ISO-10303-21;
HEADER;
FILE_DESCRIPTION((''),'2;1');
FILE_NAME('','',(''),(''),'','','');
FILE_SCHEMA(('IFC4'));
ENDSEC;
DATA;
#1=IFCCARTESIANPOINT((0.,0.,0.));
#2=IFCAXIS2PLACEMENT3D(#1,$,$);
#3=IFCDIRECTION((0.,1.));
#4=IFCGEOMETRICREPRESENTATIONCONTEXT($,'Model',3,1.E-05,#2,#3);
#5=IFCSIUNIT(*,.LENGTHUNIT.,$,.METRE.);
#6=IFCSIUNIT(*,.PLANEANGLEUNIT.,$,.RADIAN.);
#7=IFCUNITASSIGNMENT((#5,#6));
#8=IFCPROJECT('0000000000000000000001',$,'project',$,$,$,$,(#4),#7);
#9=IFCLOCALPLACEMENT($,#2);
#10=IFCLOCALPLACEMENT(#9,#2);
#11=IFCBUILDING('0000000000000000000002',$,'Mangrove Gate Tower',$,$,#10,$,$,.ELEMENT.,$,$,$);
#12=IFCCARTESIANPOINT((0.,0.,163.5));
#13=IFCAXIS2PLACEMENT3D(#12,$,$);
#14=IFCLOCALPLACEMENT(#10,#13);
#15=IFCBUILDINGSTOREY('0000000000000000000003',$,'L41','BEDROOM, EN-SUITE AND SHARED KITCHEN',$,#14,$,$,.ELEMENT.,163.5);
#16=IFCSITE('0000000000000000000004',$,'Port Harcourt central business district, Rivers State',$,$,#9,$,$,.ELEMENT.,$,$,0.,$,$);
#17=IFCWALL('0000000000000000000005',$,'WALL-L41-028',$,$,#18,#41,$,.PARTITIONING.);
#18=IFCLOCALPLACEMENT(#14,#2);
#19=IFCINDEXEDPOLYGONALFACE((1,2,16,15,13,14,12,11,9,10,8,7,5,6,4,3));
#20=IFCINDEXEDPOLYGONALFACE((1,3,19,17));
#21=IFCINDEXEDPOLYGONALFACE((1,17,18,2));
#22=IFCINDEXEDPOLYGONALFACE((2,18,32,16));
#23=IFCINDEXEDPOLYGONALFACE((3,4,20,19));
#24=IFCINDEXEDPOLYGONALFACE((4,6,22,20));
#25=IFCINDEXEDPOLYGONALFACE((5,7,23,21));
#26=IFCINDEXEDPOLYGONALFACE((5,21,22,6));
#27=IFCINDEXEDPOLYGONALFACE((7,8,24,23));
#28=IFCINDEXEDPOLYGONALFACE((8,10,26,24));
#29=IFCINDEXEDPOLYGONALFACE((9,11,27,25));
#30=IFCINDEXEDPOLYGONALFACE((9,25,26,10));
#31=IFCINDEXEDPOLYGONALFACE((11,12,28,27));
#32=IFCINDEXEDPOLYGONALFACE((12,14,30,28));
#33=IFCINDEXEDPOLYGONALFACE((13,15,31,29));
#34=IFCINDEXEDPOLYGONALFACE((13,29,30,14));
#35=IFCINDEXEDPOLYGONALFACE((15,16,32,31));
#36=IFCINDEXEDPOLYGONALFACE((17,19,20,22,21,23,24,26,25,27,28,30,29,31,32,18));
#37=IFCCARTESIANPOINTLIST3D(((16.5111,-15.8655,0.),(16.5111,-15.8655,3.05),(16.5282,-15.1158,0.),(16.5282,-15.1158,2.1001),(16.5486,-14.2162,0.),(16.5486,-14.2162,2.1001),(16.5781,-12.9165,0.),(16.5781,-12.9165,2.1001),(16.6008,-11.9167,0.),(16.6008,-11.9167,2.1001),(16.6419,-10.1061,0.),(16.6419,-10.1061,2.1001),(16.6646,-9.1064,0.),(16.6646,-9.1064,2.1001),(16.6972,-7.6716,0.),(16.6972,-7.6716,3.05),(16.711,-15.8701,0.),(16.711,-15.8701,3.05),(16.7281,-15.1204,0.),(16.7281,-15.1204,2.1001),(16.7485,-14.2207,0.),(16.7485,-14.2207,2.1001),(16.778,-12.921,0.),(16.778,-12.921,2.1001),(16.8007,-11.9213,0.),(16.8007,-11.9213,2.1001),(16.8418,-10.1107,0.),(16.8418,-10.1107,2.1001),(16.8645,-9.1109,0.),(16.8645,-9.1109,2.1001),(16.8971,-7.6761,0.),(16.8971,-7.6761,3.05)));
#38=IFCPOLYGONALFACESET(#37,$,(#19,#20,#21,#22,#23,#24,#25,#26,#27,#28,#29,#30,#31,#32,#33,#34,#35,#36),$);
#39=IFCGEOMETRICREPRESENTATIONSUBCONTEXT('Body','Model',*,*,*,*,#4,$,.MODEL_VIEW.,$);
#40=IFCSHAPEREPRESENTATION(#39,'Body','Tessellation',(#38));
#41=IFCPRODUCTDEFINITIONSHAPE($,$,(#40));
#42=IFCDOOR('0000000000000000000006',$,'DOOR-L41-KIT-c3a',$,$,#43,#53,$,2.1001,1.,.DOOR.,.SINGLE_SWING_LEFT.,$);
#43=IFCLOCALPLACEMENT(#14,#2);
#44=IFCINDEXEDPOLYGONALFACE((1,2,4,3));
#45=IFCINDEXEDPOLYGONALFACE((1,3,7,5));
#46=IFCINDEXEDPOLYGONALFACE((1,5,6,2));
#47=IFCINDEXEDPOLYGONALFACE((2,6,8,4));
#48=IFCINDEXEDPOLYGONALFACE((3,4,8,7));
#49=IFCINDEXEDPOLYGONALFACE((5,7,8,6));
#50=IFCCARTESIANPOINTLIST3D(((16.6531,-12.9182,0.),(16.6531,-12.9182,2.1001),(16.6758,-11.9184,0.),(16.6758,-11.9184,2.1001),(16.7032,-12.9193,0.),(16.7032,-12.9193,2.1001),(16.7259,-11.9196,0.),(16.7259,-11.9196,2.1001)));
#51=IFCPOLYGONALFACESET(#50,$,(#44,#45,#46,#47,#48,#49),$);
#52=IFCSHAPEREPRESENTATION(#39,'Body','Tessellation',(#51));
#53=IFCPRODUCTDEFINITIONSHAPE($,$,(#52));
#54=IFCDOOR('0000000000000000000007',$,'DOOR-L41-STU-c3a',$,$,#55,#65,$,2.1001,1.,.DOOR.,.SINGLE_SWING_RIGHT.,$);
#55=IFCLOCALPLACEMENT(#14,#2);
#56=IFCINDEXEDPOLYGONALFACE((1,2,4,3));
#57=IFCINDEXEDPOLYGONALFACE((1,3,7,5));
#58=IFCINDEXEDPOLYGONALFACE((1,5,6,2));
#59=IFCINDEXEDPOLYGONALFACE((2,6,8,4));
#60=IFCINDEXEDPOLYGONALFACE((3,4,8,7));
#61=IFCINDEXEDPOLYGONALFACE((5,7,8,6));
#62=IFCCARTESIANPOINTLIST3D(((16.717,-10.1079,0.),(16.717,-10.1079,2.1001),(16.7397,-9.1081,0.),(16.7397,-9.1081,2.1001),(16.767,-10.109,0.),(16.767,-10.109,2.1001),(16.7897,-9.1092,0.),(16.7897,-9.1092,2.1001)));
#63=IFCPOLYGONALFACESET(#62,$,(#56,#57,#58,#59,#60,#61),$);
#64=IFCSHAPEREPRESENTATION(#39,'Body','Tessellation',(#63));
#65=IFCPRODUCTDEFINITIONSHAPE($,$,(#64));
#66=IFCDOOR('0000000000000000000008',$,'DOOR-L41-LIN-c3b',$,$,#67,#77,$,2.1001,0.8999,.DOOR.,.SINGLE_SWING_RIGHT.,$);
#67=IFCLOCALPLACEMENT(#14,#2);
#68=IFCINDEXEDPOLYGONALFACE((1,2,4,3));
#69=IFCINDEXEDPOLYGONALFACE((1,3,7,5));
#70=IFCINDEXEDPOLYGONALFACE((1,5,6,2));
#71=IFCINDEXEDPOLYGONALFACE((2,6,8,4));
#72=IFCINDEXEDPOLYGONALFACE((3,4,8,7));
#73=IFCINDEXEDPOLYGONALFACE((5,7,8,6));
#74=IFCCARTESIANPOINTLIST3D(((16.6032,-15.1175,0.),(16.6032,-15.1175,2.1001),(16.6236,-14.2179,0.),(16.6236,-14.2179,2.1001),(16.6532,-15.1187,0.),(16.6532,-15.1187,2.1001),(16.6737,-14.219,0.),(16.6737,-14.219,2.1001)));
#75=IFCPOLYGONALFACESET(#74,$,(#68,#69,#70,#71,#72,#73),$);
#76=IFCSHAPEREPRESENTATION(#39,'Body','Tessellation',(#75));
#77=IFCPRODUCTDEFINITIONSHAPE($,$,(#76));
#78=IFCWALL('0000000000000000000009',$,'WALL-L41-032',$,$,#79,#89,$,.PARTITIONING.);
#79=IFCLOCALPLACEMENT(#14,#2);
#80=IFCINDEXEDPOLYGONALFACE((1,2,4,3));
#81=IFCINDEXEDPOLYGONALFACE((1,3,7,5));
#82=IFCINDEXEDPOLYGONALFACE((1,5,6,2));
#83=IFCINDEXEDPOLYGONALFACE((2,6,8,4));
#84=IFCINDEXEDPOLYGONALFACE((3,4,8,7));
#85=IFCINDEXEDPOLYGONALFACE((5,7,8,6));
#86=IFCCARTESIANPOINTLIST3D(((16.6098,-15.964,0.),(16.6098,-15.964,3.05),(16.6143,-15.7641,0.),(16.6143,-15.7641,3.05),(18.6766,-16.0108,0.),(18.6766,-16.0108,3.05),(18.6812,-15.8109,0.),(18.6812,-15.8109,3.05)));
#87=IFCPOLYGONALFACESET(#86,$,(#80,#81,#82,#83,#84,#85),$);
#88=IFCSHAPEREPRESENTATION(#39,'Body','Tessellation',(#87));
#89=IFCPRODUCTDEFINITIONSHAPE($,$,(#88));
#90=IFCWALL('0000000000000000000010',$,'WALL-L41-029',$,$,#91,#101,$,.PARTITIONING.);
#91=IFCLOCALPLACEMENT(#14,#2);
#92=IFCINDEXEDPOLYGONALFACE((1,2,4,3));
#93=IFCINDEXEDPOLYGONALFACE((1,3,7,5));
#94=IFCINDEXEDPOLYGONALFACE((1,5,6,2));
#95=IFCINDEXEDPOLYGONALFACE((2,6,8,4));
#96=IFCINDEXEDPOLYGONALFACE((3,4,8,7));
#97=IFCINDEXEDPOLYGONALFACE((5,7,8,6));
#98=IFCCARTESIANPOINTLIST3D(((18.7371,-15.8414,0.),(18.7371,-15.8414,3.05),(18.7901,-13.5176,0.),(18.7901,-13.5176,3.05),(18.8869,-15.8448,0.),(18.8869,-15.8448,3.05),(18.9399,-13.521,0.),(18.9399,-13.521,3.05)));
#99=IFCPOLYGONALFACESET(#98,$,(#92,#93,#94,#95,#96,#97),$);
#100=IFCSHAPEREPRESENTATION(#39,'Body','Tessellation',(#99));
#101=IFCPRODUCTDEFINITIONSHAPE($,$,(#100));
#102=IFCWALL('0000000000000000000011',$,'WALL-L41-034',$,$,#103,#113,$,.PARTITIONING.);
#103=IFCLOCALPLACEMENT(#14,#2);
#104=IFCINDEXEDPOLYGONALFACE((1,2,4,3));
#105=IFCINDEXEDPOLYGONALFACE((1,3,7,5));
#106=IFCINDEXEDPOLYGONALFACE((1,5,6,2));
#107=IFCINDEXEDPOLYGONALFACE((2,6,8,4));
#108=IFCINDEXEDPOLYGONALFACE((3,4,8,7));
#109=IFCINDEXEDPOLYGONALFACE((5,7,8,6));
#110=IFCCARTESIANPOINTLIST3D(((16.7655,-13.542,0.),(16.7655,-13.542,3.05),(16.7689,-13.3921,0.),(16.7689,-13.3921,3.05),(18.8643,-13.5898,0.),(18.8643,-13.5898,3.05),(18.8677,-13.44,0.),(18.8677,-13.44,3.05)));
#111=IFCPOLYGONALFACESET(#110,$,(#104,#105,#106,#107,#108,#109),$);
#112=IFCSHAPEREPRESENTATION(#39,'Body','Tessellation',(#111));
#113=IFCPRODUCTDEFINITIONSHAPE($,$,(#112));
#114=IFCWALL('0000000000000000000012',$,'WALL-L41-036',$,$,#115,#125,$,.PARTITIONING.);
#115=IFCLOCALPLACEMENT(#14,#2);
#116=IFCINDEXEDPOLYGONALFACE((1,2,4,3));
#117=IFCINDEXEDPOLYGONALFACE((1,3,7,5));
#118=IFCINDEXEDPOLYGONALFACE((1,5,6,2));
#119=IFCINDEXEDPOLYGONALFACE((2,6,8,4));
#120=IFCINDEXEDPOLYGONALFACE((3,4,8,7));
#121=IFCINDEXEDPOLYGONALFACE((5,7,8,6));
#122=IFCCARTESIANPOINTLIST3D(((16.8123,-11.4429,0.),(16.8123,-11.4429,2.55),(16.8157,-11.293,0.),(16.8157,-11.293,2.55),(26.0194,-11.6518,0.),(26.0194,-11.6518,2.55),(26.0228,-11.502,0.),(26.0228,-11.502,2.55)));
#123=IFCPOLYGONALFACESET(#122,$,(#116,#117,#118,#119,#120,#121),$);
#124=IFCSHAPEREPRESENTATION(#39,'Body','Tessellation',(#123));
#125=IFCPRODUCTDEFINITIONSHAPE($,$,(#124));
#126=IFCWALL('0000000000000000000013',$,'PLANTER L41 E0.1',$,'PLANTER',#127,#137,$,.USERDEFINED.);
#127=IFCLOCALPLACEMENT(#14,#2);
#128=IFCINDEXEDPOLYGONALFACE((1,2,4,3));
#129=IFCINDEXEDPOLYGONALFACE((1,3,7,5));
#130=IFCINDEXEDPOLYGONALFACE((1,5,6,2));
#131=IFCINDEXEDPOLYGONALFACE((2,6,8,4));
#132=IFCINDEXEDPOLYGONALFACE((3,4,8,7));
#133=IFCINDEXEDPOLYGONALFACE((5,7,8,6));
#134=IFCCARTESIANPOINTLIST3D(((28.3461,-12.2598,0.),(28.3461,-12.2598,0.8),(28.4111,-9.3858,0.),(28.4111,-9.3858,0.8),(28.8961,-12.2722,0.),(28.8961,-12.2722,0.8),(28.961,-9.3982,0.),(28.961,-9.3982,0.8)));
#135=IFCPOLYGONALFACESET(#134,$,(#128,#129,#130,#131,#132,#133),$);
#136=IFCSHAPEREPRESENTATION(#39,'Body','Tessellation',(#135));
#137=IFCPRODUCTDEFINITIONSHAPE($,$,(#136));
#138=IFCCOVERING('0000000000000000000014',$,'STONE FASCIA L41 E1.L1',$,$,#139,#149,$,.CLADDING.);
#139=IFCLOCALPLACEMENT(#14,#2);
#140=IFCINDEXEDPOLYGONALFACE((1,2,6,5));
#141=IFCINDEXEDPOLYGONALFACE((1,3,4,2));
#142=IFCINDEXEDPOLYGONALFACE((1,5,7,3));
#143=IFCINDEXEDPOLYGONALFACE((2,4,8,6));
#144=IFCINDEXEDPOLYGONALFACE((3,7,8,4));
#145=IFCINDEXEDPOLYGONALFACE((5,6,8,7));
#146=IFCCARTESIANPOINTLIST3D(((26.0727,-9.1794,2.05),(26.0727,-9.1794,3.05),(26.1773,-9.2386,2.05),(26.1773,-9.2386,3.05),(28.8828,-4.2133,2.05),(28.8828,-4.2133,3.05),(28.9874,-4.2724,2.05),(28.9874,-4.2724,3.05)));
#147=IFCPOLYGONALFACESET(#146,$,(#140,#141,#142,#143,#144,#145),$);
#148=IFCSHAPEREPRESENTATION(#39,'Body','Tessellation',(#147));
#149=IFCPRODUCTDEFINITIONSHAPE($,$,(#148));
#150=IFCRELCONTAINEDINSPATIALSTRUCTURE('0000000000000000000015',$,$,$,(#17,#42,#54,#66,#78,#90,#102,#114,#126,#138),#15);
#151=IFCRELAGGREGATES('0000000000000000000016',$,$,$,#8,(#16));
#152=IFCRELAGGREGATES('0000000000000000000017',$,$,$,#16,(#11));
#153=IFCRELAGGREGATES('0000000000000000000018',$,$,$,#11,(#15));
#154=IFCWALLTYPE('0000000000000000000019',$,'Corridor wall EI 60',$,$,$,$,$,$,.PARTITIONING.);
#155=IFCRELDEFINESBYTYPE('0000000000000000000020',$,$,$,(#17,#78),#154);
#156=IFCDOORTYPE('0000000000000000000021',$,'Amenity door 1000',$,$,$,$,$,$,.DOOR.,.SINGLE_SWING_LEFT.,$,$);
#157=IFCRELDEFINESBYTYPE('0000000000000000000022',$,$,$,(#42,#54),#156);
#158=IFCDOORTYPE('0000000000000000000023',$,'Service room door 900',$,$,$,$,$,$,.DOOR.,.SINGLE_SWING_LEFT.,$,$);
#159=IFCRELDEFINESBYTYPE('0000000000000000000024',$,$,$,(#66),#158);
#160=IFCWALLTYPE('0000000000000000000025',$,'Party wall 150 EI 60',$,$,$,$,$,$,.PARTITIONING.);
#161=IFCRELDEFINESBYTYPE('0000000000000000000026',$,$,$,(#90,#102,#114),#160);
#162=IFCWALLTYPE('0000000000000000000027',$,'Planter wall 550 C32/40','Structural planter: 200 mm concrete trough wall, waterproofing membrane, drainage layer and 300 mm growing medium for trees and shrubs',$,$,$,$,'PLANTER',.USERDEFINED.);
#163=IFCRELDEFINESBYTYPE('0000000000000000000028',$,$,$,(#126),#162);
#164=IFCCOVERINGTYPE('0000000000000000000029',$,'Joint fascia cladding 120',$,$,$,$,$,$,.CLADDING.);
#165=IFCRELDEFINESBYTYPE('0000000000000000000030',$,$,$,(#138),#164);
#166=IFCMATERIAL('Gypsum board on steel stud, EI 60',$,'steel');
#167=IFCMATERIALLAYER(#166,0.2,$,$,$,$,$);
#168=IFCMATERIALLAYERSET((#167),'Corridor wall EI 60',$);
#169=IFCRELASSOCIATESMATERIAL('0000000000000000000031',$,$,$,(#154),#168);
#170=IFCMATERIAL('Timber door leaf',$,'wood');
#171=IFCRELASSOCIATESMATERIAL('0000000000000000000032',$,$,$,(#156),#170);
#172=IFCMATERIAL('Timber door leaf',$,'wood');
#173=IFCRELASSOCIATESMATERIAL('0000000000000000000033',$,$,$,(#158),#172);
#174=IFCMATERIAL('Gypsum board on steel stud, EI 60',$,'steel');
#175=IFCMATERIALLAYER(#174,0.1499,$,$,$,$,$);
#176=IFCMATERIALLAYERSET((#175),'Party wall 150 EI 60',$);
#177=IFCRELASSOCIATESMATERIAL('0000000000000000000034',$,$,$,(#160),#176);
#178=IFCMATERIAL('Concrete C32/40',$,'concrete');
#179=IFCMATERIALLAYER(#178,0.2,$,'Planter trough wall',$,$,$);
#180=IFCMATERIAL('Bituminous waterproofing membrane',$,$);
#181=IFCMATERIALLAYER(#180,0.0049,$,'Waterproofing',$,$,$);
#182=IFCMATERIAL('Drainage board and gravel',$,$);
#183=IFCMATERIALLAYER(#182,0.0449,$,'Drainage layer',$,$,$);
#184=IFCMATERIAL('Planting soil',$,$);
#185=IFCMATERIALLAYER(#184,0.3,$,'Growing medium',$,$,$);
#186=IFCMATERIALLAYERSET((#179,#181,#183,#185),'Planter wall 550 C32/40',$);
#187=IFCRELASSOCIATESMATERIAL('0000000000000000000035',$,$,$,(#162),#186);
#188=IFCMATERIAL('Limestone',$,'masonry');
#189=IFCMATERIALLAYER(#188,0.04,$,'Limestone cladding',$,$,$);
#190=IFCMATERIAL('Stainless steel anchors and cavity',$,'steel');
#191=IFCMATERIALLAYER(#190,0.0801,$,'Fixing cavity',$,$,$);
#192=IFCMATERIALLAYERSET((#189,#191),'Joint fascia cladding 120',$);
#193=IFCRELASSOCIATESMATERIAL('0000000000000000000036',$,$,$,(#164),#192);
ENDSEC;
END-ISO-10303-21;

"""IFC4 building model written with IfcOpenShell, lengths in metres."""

from ifc_helpers import new_model, si_unit, direction, frame, frame_2d, origin, place, context, subcontext, project, spatial, rectangle, extrude, material, layer, layer_set, type_object, element, fill, save


model = new_model("IFC4")

# Units and contexts
model_context = context("Model", 3, precision=1e-05, world=origin(), true_north=direction((0.0, 1.0)))
body_context = subcontext(model_context, "Body", "Model", "MODEL_VIEW")
ifc_project = project(units=[si_unit("LENGTHUNIT", "METRE"), si_unit("PLANEANGLEUNIT", "RADIAN")], contexts=[model_context])

# Site, building, storey
site_placement = place(None, origin())
site = spatial("IfcSite", under=ifc_project, at=site_placement, Name="Port Harcourt central business district, Rivers State", CompositionType="ELEMENT", RefElevation=0.0)
building_placement = place(site_placement, origin())
building = spatial("IfcBuilding", under=site, at=building_placement, Name="Mangrove Gate Tower", CompositionType="ELEMENT")
storey_placement = place(building_placement, frame((0.0, 0.0, 163.5)))
storey = spatial("IfcBuildingStorey", under=building, at=storey_placement, Name="L41", Description="BEDROOM, EN-SUITE AND SHARED KITCHEN", CompositionType="ELEMENT", Elevation=163.5)

# Wall, openings, doors
ifc_material_1 = material(Name="Gypsum board on steel stud, EI 60", Category="steel")
ifc_layer_1 = layer(ifc_material_1, 0.2)
ifc_layer_set_1 = layer_set([ifc_layer_1], Name="Corridor wall EI 60")
wall_type_1 = type_object("IfcWallType", Name="Corridor wall EI 60", PredefinedType="PARTITIONING", material=ifc_layer_set_1)
wall_1_placement = place(storey_placement, frame((16.6111, -15.8679, 0.0), z_axis=(0.0, 0.0, 1.0), x_axis=(0.022698, 0.999742, 0.0)))
wall_1 = element("IfcWall", 1, at=wall_1_placement, inside=storey, type_object=wall_type_1, Name="WALL-L41-028", PredefinedType="PARTITIONING", context=body_context, shape_type="SweptSolid", body=[
    extrude(rectangle(XDim=8.196, YDim=0.2, at=frame_2d((4.0981, 0.0))), origin(), (0.0, 0.0, 1.0), 3.05),
])
opening_1_placement = place(wall_1_placement, frame((2.95, 0.0, 0.0)))
opening_1 = element("IfcOpeningElement", 2, at=opening_1_placement, cuts=wall_1, PredefinedType="OPENING", context=body_context, shape_type="SweptSolid", body=[
    extrude(rectangle(XDim=1.0, YDim=2.1001, at=frame_2d((0.5, 1.05))), frame((0.0, 0.1099, 0.0), z_axis=(0.0, -1.0, 0.0), x_axis=(1.0, 0.0, 0.0)), (0.0, 0.0, 1.0), 0.22),
])
opening_2_placement = place(wall_1_placement, frame((0.75, 0.0, 0.0)))
opening_2 = element("IfcOpeningElement", 3, at=opening_2_placement, cuts=wall_1, PredefinedType="OPENING", context=body_context, shape_type="SweptSolid", body=[
    extrude(rectangle(XDim=0.8999, YDim=2.1001, at=frame_2d((0.45, 1.05))), frame((0.0, 0.1099, 0.0), z_axis=(0.0, -1.0, 0.0), x_axis=(1.0, 0.0, 0.0)), (0.0, 0.0, 1.0), 0.22),
])
opening_3_placement = place(wall_1_placement, frame((5.761, 0.0, 0.0)))
opening_3 = element("IfcOpeningElement", 4, at=opening_3_placement, cuts=wall_1, PredefinedType="OPENING", context=body_context, shape_type="SweptSolid", body=[
    extrude(rectangle(XDim=1.0, YDim=2.1001, at=frame_2d((0.5, 1.05))), frame((0.0, 0.1099, 0.0), z_axis=(0.0, -1.0, 0.0), x_axis=(1.0, 0.0, 0.0)), (0.0, 0.0, 1.0), 0.22),
])
ifc_material_2 = material(Name="Timber door leaf", Category="wood")
door_type_1 = type_object("IfcDoorType", Name="Amenity door 1000", OperationType="SINGLE_SWING_LEFT", PredefinedType="DOOR", material=ifc_material_2)
door_1_placement = place(opening_1_placement, origin())
door_1 = element("IfcDoor", 5, at=door_1_placement, inside=storey, type_object=door_type_1, Name="DOOR-L41-KIT-c3a", OperationType="SINGLE_SWING_LEFT", OverallHeight=2.1001, OverallWidth=1.0, PredefinedType="DOOR", context=body_context, shape_type="SweptSolid", body=[
    extrude(rectangle(XDim=1.0, YDim=2.1001, at=frame_2d((0.5, 1.05))), frame((0.0, 0.0249, 0.0), z_axis=(0.0, -1.0, 0.0), x_axis=(1.0, 0.0, 0.0)), (0.0, 0.0, 1.0), 0.05),
])
fill(opening_1, door_1)
door_2_placement = place(opening_3_placement, origin())
door_2 = element("IfcDoor", 6, at=door_2_placement, inside=storey, type_object=door_type_1, Name="DOOR-L41-STU-c3a", OperationType="SINGLE_SWING_RIGHT", OverallHeight=2.1001, OverallWidth=1.0, PredefinedType="DOOR", context=body_context, shape_type="SweptSolid", body=[
    extrude(rectangle(XDim=1.0, YDim=2.1001, at=frame_2d((0.5, 1.05))), frame((0.0, 0.0249, 0.0), z_axis=(0.0, -1.0, 0.0), x_axis=(1.0, 0.0, 0.0)), (0.0, 0.0, 1.0), 0.05),
])
fill(opening_3, door_2)
ifc_material_3 = material(Name="Timber door leaf", Category="wood")
door_type_2 = type_object("IfcDoorType", Name="Service room door 900", OperationType="SINGLE_SWING_LEFT", PredefinedType="DOOR", material=ifc_material_3)
door_3_placement = place(opening_2_placement, origin())
door_3 = element("IfcDoor", 7, at=door_3_placement, inside=storey, type_object=door_type_2, Name="DOOR-L41-LIN-c3b", OperationType="SINGLE_SWING_RIGHT", OverallHeight=2.1001, OverallWidth=0.8999, PredefinedType="DOOR", context=body_context, shape_type="SweptSolid", body=[
    extrude(rectangle(XDim=0.8999, YDim=2.1001, at=frame_2d((0.45, 1.05))), frame((0.0, 0.0249, 0.0), z_axis=(0.0, -1.0, 0.0), x_axis=(1.0, 0.0, 0.0)), (0.0, 0.0, 1.0), 0.05),
])
fill(opening_2, door_3)

# Walls
wall_2_placement = place(storey_placement, frame((16.6121, -15.864, 0.0), z_axis=(0.0, 0.0, 1.0), x_axis=(0.999743, -0.022673, 0.0)))
element("IfcWall", 8, at=wall_2_placement, inside=storey, type_object=wall_type_1, Name="WALL-L41-032", PredefinedType="PARTITIONING", context=body_context, shape_type="SweptSolid", body=[
    extrude(rectangle(XDim=2.0674, YDim=0.2, at=frame_2d((1.0337, 0.0))), origin(), (0.0, 0.0, 1.0), 3.05),
])
ifc_material_4 = material(Name="Gypsum board on steel stud, EI 60", Category="steel")
ifc_layer_2 = layer(ifc_material_4, 0.1499)
ifc_layer_set_2 = layer_set([ifc_layer_2], Name="Party wall 150 EI 60")
wall_type_2 = type_object("IfcWallType", Name="Party wall 150 EI 60", PredefinedType="PARTITIONING", material=ifc_layer_set_2)
wall_3_placement = place(storey_placement, frame((18.812, -15.843, 0.0), z_axis=(0.0, 0.0, 1.0), x_axis=(0.022791, 0.99974, 0.0)))
element("IfcWall", 9, at=wall_3_placement, inside=storey, type_object=wall_type_2, Name="WALL-L41-029", PredefinedType="PARTITIONING", context=body_context, shape_type="SweptSolid", body=[
    extrude(rectangle(XDim=2.3245, YDim=0.1499, at=frame_2d((1.1621, 0.0))), origin(), (0.0, 0.0, 1.0), 3.05),
])
wall_4_placement = place(storey_placement, frame((16.7671, -13.467, 0.0), z_axis=(0.0, 0.0, 1.0), x_axis=(0.99974, -0.022793, 0.0)))
element("IfcWall", 10, at=wall_4_placement, inside=storey, type_object=wall_type_2, Name="WALL-L41-034", PredefinedType="PARTITIONING", context=body_context, shape_type="SweptSolid", body=[
    extrude(rectangle(XDim=2.0994, YDim=0.1499, at=frame_2d((1.0498, 0.0))), origin(), (0.0, 0.0, 1.0), 3.05),
])
wall_5_placement = place(storey_placement, frame((16.814, -11.3679, 0.0), z_axis=(0.0, 0.0, 1.0), x_axis=(0.999742, -0.022693, 0.0)))
element("IfcWall", 11, at=wall_5_placement, inside=storey, type_object=wall_type_2, Name="WALL-L41-036", PredefinedType="PARTITIONING", context=body_context, shape_type="SweptSolid", body=[
    extrude(rectangle(XDim=9.2095, YDim=0.1499, at=frame_2d((4.6047, 0.0))), origin(), (0.0, 0.0, 1.0), 2.55),
])
ifc_material_5 = material(Name="Concrete C32/40", Category="concrete")
ifc_layer_3 = layer(ifc_material_5, 0.2, Name="Planter trough wall")
ifc_material_6 = material(Name="Bituminous waterproofing membrane")
ifc_layer_4 = layer(ifc_material_6, 0.0049, Name="Waterproofing")
ifc_material_7 = material(Name="Drainage board and gravel")
ifc_layer_5 = layer(ifc_material_7, 0.0449, Name="Drainage layer")
ifc_material_8 = material(Name="Planting soil")
ifc_layer_6 = layer(ifc_material_8, 0.3, Name="Growing medium")
ifc_layer_set_3 = layer_set([ifc_layer_3, ifc_layer_4, ifc_layer_5, ifc_layer_6], Name="Planter wall 550 C32/40")
wall_type_3 = type_object("IfcWallType", Name="Planter wall 550 C32/40", Description="Structural planter: 200 mm concrete trough wall, waterproofing membrane, drainage layer and 300 mm growing medium for trees and shrubs", ElementType="PLANTER", PredefinedType="USERDEFINED", material=ifc_layer_set_3)
wall_6_placement = place(storey_placement, frame((28.6211, -12.2661, 0.0), z_axis=(0.0, 0.0, 1.0), x_axis=(0.02259, 0.999745, 0.0)))
element("IfcWall", 12, at=wall_6_placement, inside=storey, type_object=wall_type_3, Name="PLANTER L41 E0.1", ObjectType="PLANTER", PredefinedType="USERDEFINED", context=body_context, shape_type="SweptSolid", body=[
    extrude(rectangle(XDim=2.8748, YDim=0.55, at=frame_2d((1.4375, 0.0))), origin(), (0.0, 0.0, 1.0), 0.8),
])

# Covering
ifc_material_9 = material(Name="Limestone", Category="masonry")
ifc_layer_7 = layer(ifc_material_9, 0.04, Name="Limestone cladding")
ifc_material_10 = material(Name="Stainless steel anchors and cavity", Category="steel")
ifc_layer_8 = layer(ifc_material_10, 0.0801, Name="Fixing cavity")
ifc_layer_set_4 = layer_set([ifc_layer_7, ifc_layer_8], Name="Joint fascia cladding 120")
covering_type = type_object("IfcCoveringType", Name="Joint fascia cladding 120", PredefinedType="CLADDING", material=ifc_layer_set_4)
covering_placement = place(storey_placement, frame((26.125, -9.209, 2.05), z_axis=(0.0, 0.0, 1.0), x_axis=(0.492476, 0.870326, 0.0)))
element("IfcCovering", 13, at=covering_placement, inside=storey, type_object=covering_type, Name="STONE FASCIA L41 E1.L1", PredefinedType="CLADDING", context=body_context, shape_type="SweptSolid", body=[
    extrude(rectangle(XDim=5.7061, YDim=0.1201, at=frame_2d((2.853, 0.0))), origin(), (0.0, 0.0, 1.0), 1.0),
])

save(model, "model.ifc")
